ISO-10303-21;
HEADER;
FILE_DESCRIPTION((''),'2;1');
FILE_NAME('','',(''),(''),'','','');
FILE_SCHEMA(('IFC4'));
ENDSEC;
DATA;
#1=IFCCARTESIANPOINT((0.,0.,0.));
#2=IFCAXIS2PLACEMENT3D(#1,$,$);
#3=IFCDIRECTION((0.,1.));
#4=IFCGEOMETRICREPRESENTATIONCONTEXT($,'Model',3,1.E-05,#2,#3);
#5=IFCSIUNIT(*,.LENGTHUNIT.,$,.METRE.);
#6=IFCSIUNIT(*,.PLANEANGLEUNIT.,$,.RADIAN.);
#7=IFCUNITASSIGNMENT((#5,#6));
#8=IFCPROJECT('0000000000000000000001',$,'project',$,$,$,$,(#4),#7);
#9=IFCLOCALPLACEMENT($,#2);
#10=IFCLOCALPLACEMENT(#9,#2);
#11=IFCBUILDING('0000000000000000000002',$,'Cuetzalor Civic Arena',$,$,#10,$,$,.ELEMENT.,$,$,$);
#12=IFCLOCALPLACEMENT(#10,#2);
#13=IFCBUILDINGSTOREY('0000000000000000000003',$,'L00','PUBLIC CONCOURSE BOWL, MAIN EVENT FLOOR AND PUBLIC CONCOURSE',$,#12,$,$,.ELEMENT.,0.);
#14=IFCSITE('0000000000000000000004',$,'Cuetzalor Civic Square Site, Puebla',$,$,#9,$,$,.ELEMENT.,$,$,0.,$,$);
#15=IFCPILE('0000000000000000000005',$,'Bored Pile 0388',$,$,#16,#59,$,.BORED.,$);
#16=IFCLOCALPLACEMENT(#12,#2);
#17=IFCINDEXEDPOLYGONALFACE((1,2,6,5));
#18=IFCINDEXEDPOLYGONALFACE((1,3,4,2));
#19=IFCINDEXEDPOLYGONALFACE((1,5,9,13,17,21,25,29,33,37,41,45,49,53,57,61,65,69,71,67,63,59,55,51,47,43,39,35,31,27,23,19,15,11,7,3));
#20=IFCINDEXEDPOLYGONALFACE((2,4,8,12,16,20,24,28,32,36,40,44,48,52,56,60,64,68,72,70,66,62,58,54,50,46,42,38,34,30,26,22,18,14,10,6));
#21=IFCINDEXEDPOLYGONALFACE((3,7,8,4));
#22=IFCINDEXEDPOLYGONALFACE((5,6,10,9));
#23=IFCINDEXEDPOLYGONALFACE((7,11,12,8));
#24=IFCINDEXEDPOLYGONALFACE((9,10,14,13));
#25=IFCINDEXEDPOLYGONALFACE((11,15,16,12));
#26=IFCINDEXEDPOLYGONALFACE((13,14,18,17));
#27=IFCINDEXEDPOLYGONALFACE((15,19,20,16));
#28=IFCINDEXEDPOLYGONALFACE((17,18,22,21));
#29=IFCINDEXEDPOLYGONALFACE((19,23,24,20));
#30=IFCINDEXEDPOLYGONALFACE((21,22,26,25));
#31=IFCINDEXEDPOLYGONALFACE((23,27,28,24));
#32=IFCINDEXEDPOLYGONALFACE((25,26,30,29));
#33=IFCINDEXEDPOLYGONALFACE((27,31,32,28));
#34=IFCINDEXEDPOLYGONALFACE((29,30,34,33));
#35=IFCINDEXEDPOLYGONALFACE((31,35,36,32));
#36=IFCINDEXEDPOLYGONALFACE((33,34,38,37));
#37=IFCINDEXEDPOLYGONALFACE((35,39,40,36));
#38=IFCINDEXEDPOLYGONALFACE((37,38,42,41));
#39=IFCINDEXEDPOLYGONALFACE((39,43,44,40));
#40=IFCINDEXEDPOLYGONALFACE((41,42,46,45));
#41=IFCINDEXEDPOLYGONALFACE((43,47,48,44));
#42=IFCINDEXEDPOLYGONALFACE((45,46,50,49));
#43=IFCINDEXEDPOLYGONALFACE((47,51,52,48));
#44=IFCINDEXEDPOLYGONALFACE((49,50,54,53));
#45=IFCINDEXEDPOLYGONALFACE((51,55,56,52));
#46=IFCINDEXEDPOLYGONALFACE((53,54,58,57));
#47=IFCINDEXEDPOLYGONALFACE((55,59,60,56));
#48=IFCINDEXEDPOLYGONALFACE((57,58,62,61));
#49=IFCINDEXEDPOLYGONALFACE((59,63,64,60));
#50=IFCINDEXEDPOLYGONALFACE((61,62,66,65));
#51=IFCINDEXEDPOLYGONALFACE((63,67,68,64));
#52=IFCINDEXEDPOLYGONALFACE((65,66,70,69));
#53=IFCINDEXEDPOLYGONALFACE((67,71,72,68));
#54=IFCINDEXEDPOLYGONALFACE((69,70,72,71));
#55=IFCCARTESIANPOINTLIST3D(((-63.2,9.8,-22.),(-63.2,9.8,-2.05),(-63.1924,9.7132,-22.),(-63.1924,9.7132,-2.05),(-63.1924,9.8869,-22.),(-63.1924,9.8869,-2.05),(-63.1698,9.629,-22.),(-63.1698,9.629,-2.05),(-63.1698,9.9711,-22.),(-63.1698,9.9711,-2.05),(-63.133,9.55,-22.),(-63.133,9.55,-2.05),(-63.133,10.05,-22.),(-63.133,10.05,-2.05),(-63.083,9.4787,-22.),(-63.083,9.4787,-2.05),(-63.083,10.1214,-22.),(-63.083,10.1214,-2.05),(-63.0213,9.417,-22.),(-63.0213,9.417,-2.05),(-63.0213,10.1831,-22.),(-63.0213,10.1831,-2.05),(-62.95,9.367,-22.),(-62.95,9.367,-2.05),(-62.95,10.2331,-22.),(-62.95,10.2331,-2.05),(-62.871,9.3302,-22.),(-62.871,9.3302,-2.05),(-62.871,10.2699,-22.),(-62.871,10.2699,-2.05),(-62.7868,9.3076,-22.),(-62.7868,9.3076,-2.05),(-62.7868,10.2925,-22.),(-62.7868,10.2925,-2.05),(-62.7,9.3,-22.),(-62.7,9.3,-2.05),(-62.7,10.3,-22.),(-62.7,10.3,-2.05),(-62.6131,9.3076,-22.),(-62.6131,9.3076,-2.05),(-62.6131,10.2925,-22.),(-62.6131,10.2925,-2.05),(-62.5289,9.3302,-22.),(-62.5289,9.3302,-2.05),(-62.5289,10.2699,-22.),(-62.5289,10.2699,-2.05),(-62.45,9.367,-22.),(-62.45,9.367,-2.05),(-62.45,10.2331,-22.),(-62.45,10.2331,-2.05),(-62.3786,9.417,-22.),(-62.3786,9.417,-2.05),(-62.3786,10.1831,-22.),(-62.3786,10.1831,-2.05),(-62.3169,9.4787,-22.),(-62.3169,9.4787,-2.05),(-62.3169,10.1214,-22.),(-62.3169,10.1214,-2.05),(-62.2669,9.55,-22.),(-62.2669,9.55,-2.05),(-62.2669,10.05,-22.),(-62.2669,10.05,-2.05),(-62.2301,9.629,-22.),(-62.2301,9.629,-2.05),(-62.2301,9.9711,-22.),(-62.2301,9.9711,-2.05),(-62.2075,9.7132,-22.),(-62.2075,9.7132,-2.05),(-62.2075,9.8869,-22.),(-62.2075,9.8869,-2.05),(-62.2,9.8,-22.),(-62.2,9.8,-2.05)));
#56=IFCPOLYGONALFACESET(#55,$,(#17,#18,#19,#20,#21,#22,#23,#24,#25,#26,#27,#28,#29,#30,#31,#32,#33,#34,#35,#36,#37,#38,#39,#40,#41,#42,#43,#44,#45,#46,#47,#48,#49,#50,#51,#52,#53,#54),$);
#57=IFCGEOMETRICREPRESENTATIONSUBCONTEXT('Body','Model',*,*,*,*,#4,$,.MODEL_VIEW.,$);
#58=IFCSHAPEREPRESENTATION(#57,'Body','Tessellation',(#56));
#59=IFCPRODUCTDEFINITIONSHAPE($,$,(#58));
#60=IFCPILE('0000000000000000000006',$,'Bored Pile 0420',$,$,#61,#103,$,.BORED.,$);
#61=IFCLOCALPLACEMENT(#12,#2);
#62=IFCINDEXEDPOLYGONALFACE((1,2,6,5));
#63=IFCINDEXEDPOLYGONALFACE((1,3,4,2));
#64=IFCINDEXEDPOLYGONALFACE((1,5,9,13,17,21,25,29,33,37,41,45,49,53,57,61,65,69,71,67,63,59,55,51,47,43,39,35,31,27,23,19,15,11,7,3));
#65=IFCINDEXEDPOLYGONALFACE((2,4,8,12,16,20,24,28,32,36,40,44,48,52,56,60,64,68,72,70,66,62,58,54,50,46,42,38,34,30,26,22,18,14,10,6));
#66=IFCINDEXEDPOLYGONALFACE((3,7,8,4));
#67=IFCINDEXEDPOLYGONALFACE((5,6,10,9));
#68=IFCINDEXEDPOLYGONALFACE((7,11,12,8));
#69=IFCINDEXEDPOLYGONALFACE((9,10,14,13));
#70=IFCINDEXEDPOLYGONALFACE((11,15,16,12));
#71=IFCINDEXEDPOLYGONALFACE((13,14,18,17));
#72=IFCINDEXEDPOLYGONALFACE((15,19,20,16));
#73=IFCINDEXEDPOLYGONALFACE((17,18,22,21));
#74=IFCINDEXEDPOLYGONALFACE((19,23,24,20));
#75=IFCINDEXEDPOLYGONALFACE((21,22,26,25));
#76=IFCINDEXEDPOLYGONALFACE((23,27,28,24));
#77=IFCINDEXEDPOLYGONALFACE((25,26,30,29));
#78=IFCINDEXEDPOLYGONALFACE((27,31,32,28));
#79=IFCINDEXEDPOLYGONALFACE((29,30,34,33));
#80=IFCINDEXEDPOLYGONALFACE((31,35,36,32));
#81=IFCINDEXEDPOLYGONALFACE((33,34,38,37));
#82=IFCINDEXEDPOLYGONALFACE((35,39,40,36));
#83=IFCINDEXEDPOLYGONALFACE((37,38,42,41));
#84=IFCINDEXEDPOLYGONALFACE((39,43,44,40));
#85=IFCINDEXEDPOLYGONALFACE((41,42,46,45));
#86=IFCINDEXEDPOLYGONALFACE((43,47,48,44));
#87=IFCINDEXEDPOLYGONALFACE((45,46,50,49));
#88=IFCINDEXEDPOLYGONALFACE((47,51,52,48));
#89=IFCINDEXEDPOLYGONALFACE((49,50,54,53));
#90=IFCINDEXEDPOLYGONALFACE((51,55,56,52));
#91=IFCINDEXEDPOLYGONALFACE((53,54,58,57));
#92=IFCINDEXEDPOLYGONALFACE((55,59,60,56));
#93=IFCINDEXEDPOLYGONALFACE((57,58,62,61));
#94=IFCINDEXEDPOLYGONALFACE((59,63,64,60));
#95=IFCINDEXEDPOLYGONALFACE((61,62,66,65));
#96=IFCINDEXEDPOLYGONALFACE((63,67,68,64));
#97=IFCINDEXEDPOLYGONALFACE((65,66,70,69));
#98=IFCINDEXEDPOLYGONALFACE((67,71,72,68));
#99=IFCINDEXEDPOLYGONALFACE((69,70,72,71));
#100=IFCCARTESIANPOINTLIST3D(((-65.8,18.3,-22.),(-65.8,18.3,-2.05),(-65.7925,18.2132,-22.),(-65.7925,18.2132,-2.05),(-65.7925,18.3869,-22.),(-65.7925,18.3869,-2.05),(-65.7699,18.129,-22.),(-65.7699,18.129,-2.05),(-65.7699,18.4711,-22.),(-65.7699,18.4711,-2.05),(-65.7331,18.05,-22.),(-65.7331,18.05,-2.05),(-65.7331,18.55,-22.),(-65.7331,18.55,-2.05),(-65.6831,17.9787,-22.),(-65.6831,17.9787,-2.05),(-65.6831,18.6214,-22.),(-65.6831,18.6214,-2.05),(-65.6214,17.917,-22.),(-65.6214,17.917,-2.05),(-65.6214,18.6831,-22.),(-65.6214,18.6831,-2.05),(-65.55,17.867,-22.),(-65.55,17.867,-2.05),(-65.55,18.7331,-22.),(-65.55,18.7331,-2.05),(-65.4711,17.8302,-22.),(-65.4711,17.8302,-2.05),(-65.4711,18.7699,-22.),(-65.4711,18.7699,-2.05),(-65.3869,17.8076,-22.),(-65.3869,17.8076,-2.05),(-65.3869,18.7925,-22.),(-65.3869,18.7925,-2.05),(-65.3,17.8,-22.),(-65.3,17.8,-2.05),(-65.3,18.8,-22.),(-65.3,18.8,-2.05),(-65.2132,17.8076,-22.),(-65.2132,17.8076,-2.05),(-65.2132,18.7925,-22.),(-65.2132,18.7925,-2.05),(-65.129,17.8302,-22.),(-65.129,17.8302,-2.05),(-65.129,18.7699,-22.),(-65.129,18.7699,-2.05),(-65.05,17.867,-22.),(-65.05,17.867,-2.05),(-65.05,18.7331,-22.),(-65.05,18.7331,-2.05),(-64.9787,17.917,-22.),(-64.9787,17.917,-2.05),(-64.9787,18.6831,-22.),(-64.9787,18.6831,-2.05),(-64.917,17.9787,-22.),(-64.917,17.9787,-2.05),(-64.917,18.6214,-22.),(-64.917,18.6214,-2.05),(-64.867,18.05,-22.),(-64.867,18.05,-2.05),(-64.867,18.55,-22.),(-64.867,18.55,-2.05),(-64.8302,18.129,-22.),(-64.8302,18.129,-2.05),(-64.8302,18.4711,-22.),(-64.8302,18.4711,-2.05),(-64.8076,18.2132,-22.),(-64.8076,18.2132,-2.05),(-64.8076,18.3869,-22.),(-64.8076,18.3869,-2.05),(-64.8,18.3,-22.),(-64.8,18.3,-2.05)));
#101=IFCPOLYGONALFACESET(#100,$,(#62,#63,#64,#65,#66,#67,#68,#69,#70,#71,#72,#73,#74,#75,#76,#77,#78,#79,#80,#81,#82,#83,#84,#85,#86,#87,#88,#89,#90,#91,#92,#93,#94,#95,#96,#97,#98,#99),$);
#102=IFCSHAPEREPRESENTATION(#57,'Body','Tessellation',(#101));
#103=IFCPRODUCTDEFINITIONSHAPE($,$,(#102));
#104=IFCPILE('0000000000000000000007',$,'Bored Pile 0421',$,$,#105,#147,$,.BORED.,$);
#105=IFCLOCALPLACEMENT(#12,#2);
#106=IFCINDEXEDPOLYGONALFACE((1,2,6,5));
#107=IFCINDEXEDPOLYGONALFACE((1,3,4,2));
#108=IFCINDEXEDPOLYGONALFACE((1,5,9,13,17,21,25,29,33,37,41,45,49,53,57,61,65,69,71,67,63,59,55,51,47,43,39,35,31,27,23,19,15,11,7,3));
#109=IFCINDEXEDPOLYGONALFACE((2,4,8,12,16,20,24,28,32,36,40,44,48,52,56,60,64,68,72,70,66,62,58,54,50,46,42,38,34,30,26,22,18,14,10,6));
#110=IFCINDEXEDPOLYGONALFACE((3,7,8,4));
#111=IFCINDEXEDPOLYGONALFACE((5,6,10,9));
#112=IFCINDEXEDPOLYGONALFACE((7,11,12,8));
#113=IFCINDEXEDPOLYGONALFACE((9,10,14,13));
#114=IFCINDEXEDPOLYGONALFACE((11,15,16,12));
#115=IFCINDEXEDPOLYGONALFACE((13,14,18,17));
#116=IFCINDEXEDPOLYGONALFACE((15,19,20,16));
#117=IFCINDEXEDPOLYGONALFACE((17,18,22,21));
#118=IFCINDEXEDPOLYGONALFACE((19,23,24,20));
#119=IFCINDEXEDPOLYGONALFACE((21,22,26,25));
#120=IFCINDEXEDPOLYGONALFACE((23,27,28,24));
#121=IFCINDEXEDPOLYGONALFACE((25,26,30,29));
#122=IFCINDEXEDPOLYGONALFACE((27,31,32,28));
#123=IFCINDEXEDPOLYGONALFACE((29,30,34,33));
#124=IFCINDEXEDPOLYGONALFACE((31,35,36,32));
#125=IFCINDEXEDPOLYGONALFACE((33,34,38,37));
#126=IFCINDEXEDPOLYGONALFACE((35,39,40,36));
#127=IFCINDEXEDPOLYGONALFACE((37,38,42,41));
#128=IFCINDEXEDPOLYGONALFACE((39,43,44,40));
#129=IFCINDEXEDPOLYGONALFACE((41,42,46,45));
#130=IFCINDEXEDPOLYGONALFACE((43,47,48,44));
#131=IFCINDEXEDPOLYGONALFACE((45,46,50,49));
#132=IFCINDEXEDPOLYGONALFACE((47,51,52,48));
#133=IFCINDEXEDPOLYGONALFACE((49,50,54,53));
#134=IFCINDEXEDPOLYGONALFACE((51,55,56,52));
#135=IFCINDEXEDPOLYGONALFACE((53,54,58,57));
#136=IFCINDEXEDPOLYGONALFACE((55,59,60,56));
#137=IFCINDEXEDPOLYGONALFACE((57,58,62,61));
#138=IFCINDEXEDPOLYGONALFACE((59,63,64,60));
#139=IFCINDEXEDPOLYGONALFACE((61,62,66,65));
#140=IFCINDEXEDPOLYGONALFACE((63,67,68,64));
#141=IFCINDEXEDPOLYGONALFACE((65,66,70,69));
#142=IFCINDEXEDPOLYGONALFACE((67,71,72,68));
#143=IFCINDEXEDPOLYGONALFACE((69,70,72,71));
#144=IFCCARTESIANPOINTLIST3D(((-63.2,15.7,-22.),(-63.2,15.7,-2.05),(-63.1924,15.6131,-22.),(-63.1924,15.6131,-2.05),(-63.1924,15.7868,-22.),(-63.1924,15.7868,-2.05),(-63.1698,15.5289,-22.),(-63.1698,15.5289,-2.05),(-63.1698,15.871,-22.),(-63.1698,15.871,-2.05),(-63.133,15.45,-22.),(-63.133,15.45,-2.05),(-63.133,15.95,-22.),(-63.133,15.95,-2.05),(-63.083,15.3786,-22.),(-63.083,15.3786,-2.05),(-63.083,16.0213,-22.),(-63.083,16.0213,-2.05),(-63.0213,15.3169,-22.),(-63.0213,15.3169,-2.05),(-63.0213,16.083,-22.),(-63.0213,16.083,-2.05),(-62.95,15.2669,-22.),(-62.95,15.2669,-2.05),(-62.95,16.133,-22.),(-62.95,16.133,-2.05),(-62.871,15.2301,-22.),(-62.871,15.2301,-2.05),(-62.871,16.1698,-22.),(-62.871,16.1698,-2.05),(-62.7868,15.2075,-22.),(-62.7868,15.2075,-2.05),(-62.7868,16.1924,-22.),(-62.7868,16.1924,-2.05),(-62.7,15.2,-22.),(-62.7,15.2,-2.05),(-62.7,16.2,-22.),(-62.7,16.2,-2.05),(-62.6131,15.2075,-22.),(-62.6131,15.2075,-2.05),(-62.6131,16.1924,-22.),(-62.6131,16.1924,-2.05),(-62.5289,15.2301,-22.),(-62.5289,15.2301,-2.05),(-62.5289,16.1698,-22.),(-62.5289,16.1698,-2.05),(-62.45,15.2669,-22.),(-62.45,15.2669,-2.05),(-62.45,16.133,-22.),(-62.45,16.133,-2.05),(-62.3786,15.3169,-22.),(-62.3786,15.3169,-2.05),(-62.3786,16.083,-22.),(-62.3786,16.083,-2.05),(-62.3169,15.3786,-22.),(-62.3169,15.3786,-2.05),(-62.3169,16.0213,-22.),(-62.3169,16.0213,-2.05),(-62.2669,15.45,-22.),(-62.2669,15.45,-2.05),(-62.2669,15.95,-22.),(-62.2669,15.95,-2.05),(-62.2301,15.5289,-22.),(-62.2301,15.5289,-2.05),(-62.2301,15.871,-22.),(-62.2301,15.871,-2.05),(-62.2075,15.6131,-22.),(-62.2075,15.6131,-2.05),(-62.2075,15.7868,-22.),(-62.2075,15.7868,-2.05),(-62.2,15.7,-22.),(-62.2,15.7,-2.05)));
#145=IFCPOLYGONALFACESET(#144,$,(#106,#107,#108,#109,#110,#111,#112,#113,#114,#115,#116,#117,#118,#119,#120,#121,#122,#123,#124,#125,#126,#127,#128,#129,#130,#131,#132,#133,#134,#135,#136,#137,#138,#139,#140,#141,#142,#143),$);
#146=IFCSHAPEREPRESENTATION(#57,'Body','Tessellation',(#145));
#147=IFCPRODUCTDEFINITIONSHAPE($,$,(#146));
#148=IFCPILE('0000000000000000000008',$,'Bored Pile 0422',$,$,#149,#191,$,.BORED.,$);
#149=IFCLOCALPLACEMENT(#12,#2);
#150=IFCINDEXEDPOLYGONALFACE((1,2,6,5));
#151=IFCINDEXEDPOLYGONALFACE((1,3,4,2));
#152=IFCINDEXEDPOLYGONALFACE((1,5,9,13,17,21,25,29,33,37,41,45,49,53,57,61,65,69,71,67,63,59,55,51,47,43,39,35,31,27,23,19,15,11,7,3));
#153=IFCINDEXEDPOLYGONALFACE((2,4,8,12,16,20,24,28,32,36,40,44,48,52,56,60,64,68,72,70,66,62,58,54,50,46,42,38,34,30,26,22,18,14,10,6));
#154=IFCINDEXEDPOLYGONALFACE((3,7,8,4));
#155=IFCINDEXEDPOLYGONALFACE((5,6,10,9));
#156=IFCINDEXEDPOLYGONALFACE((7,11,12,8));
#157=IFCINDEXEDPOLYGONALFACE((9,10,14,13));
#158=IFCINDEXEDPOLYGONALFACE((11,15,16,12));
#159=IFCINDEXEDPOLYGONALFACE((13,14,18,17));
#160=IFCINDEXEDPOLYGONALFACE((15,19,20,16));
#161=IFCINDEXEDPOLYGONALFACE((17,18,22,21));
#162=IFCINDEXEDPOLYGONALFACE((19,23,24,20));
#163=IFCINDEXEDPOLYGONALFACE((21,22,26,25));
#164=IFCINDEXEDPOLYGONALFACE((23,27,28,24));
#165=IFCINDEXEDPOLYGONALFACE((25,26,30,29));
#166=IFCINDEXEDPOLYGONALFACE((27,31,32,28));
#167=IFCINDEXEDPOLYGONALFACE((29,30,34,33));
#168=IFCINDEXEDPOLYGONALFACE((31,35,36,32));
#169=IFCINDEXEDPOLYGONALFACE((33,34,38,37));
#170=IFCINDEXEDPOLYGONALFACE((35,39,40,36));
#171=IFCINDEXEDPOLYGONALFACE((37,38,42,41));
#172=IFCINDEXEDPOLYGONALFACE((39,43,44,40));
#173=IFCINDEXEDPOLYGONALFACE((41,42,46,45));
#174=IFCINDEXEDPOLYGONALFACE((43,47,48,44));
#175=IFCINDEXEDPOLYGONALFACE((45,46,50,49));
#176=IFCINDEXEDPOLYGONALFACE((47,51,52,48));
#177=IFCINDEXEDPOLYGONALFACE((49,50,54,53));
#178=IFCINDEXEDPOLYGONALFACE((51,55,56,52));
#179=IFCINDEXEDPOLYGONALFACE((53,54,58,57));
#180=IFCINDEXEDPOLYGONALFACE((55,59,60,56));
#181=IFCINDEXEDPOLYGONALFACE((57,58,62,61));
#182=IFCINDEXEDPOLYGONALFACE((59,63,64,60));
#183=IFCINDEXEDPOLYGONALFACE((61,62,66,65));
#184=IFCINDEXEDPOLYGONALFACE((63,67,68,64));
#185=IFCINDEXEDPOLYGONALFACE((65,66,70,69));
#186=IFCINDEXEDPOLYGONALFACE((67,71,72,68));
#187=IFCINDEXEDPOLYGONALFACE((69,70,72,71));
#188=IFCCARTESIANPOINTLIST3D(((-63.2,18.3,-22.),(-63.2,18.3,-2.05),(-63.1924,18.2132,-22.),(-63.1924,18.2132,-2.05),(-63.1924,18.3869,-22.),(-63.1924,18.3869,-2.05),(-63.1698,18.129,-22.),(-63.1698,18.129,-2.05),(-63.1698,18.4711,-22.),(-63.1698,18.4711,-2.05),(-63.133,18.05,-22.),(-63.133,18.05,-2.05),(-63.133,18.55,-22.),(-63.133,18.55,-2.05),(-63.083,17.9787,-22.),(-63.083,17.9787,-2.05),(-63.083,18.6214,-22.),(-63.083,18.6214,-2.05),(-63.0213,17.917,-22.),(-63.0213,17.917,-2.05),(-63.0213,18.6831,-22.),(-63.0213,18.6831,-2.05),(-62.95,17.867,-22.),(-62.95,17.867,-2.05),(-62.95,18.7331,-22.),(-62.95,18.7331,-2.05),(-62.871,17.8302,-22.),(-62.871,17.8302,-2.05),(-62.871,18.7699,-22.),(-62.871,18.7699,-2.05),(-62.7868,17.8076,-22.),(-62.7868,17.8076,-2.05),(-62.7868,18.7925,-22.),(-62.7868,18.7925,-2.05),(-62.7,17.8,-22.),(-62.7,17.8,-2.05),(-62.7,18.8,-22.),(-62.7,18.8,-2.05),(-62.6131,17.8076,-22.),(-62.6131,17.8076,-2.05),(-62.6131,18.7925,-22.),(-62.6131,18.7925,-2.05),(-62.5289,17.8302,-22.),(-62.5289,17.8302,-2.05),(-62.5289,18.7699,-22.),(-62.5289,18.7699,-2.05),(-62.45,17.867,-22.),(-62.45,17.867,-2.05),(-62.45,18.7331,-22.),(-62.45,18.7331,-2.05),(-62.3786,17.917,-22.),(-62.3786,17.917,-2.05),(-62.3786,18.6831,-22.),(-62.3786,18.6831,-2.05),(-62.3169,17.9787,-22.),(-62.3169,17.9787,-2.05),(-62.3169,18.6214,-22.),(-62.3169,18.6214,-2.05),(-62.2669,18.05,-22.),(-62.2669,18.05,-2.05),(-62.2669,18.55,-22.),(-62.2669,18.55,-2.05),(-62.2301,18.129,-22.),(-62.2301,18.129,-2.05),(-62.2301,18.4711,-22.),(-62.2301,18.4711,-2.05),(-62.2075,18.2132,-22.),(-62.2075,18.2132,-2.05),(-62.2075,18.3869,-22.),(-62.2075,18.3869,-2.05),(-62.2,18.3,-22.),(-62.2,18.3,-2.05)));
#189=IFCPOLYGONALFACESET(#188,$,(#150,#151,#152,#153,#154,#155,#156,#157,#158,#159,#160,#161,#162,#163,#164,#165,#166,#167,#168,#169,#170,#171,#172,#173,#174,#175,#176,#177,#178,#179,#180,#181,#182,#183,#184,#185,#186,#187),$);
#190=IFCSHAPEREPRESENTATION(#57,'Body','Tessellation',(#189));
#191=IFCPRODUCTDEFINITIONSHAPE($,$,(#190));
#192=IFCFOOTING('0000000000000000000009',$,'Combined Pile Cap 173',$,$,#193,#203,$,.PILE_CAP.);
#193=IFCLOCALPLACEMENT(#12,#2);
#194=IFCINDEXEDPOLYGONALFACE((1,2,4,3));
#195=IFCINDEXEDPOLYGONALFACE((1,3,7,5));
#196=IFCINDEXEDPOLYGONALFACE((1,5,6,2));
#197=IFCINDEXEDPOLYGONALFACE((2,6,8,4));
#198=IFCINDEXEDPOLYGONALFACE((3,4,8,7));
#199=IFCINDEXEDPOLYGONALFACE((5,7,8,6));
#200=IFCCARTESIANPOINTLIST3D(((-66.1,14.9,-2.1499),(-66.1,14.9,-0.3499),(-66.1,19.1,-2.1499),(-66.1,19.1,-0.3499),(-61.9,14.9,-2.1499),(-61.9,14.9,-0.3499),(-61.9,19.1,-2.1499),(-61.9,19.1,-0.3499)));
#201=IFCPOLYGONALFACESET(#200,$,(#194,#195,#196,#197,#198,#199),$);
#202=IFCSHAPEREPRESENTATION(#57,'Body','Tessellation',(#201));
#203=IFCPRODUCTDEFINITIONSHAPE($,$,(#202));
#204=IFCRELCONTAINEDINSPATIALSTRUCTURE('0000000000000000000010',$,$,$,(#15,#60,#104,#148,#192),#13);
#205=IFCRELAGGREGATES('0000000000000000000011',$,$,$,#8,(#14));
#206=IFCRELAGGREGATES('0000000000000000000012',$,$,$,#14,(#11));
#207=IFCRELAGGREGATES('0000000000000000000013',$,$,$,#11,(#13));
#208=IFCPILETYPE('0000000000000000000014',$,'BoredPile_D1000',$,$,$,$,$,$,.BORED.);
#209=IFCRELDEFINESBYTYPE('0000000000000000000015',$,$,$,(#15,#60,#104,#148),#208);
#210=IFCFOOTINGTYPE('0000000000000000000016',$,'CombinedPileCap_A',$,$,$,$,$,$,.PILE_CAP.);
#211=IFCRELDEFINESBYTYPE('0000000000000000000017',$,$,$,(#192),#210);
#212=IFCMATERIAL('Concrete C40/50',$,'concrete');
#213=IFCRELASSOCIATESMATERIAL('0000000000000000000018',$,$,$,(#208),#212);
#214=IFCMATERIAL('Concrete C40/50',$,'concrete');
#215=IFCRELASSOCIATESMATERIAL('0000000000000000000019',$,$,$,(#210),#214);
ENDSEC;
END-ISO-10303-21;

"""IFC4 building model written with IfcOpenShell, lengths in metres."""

from ifc_helpers import new_model, si_unit, direction, frame, origin, origin_2d, place, context, subcontext, project, spatial, rectangle, circle, extrude, material, material_profile, profile_set, type_object, element, save


model = new_model("IFC4")

# Units and contexts
model_context = context("Model", 3, precision=1e-05, world=origin(), true_north=direction((0.0, 1.0)))
body_context = subcontext(model_context, "Body", "Model", "MODEL_VIEW")
ifc_project = project(units=[si_unit("LENGTHUNIT", "METRE"), si_unit("PLANEANGLEUNIT", "RADIAN")], contexts=[model_context])

# Site, building, storey
site_placement = place(None, origin())
site = spatial("IfcSite", under=ifc_project, at=site_placement, Name="Cuetzalor Civic Square Site, Puebla", CompositionType="ELEMENT", RefElevation=0.0)
building_placement = place(site_placement, origin())
building = spatial("IfcBuilding", under=site, at=building_placement, Name="Cuetzalor Civic Arena", CompositionType="ELEMENT")
storey_placement = place(building_placement, origin())
storey = spatial("IfcBuildingStorey", under=building, at=storey_placement, Name="L00", Description="PUBLIC CONCOURSE BOWL, MAIN EVENT FLOOR AND PUBLIC CONCOURSE", CompositionType="ELEMENT", Elevation=0.0)

# Piles
ifc_material_1 = material(Name="Concrete C40/50", Category="concrete")
ifc_material_profile_1 = material_profile(ifc_material_1, circle(Radius=0.5, at=origin_2d()), Name="BORED PILE D1000")
ifc_profile_set_1 = profile_set([ifc_material_profile_1], Name="Concrete C40/50")
pile_type = type_object("IfcPileType", Name="BoredPile_D1000", PredefinedType="BORED", material=ifc_profile_set_1)
for number, where, z_axis, x_axis, name in (
    (1, (-62.7, 9.8, -2.05), (0.0, 0.0, -1.0), (1.0, 0.0, 0.0), "Bored Pile 0388"),
    (2, (-65.3, 18.3, -2.05), (0.0, 0.0, -1.0), (1.0, 0.0, 0.0), "Bored Pile 0420"),
    (3, (-62.7, 15.7, -2.05), (0.0, 0.0, -1.0), (1.0, 0.0, 0.0), "Bored Pile 0421"),
    (4, (-62.7, 18.3, -2.05), (0.0, 0.0, -1.0), (1.0, 0.0, 0.0), "Bored Pile 0422"),
):
    element("IfcPile", number, at=place(storey_placement, frame(where, z_axis=z_axis, x_axis=x_axis)), inside=storey, type_object=pile_type, Name=name, PredefinedType="BORED", context=body_context, shape_type="SweptSolid", body=[
        extrude(circle(Radius=0.5, at=origin_2d()), origin(), (0.0, 0.0, 1.0), 19.95),
    ])

# Footing
ifc_material_2 = material(Name="Concrete C40/50", Category="concrete")
footing_type_1 = type_object("IfcFootingType", Name="CombinedPileCap_A", PredefinedType="PILE_CAP", material=ifc_material_2)
footing_1_placement = place(storey_placement, frame((-64.0, 17.0, -2.1499), z_axis=(0.0, 0.0, 1.0), x_axis=(1.0, 0.0, 0.0)))
element("IfcFooting", 5, at=footing_1_placement, inside=storey, type_object=footing_type_1, Name="Combined Pile Cap 173", PredefinedType="PILE_CAP", context=body_context, shape_type="SweptSolid", body=[
    extrude(rectangle(XDim=4.2, YDim=4.2, at=origin_2d()), origin(), (0.0, 0.0, 1.0), 1.8),
])

save(model, "model.ifc")
